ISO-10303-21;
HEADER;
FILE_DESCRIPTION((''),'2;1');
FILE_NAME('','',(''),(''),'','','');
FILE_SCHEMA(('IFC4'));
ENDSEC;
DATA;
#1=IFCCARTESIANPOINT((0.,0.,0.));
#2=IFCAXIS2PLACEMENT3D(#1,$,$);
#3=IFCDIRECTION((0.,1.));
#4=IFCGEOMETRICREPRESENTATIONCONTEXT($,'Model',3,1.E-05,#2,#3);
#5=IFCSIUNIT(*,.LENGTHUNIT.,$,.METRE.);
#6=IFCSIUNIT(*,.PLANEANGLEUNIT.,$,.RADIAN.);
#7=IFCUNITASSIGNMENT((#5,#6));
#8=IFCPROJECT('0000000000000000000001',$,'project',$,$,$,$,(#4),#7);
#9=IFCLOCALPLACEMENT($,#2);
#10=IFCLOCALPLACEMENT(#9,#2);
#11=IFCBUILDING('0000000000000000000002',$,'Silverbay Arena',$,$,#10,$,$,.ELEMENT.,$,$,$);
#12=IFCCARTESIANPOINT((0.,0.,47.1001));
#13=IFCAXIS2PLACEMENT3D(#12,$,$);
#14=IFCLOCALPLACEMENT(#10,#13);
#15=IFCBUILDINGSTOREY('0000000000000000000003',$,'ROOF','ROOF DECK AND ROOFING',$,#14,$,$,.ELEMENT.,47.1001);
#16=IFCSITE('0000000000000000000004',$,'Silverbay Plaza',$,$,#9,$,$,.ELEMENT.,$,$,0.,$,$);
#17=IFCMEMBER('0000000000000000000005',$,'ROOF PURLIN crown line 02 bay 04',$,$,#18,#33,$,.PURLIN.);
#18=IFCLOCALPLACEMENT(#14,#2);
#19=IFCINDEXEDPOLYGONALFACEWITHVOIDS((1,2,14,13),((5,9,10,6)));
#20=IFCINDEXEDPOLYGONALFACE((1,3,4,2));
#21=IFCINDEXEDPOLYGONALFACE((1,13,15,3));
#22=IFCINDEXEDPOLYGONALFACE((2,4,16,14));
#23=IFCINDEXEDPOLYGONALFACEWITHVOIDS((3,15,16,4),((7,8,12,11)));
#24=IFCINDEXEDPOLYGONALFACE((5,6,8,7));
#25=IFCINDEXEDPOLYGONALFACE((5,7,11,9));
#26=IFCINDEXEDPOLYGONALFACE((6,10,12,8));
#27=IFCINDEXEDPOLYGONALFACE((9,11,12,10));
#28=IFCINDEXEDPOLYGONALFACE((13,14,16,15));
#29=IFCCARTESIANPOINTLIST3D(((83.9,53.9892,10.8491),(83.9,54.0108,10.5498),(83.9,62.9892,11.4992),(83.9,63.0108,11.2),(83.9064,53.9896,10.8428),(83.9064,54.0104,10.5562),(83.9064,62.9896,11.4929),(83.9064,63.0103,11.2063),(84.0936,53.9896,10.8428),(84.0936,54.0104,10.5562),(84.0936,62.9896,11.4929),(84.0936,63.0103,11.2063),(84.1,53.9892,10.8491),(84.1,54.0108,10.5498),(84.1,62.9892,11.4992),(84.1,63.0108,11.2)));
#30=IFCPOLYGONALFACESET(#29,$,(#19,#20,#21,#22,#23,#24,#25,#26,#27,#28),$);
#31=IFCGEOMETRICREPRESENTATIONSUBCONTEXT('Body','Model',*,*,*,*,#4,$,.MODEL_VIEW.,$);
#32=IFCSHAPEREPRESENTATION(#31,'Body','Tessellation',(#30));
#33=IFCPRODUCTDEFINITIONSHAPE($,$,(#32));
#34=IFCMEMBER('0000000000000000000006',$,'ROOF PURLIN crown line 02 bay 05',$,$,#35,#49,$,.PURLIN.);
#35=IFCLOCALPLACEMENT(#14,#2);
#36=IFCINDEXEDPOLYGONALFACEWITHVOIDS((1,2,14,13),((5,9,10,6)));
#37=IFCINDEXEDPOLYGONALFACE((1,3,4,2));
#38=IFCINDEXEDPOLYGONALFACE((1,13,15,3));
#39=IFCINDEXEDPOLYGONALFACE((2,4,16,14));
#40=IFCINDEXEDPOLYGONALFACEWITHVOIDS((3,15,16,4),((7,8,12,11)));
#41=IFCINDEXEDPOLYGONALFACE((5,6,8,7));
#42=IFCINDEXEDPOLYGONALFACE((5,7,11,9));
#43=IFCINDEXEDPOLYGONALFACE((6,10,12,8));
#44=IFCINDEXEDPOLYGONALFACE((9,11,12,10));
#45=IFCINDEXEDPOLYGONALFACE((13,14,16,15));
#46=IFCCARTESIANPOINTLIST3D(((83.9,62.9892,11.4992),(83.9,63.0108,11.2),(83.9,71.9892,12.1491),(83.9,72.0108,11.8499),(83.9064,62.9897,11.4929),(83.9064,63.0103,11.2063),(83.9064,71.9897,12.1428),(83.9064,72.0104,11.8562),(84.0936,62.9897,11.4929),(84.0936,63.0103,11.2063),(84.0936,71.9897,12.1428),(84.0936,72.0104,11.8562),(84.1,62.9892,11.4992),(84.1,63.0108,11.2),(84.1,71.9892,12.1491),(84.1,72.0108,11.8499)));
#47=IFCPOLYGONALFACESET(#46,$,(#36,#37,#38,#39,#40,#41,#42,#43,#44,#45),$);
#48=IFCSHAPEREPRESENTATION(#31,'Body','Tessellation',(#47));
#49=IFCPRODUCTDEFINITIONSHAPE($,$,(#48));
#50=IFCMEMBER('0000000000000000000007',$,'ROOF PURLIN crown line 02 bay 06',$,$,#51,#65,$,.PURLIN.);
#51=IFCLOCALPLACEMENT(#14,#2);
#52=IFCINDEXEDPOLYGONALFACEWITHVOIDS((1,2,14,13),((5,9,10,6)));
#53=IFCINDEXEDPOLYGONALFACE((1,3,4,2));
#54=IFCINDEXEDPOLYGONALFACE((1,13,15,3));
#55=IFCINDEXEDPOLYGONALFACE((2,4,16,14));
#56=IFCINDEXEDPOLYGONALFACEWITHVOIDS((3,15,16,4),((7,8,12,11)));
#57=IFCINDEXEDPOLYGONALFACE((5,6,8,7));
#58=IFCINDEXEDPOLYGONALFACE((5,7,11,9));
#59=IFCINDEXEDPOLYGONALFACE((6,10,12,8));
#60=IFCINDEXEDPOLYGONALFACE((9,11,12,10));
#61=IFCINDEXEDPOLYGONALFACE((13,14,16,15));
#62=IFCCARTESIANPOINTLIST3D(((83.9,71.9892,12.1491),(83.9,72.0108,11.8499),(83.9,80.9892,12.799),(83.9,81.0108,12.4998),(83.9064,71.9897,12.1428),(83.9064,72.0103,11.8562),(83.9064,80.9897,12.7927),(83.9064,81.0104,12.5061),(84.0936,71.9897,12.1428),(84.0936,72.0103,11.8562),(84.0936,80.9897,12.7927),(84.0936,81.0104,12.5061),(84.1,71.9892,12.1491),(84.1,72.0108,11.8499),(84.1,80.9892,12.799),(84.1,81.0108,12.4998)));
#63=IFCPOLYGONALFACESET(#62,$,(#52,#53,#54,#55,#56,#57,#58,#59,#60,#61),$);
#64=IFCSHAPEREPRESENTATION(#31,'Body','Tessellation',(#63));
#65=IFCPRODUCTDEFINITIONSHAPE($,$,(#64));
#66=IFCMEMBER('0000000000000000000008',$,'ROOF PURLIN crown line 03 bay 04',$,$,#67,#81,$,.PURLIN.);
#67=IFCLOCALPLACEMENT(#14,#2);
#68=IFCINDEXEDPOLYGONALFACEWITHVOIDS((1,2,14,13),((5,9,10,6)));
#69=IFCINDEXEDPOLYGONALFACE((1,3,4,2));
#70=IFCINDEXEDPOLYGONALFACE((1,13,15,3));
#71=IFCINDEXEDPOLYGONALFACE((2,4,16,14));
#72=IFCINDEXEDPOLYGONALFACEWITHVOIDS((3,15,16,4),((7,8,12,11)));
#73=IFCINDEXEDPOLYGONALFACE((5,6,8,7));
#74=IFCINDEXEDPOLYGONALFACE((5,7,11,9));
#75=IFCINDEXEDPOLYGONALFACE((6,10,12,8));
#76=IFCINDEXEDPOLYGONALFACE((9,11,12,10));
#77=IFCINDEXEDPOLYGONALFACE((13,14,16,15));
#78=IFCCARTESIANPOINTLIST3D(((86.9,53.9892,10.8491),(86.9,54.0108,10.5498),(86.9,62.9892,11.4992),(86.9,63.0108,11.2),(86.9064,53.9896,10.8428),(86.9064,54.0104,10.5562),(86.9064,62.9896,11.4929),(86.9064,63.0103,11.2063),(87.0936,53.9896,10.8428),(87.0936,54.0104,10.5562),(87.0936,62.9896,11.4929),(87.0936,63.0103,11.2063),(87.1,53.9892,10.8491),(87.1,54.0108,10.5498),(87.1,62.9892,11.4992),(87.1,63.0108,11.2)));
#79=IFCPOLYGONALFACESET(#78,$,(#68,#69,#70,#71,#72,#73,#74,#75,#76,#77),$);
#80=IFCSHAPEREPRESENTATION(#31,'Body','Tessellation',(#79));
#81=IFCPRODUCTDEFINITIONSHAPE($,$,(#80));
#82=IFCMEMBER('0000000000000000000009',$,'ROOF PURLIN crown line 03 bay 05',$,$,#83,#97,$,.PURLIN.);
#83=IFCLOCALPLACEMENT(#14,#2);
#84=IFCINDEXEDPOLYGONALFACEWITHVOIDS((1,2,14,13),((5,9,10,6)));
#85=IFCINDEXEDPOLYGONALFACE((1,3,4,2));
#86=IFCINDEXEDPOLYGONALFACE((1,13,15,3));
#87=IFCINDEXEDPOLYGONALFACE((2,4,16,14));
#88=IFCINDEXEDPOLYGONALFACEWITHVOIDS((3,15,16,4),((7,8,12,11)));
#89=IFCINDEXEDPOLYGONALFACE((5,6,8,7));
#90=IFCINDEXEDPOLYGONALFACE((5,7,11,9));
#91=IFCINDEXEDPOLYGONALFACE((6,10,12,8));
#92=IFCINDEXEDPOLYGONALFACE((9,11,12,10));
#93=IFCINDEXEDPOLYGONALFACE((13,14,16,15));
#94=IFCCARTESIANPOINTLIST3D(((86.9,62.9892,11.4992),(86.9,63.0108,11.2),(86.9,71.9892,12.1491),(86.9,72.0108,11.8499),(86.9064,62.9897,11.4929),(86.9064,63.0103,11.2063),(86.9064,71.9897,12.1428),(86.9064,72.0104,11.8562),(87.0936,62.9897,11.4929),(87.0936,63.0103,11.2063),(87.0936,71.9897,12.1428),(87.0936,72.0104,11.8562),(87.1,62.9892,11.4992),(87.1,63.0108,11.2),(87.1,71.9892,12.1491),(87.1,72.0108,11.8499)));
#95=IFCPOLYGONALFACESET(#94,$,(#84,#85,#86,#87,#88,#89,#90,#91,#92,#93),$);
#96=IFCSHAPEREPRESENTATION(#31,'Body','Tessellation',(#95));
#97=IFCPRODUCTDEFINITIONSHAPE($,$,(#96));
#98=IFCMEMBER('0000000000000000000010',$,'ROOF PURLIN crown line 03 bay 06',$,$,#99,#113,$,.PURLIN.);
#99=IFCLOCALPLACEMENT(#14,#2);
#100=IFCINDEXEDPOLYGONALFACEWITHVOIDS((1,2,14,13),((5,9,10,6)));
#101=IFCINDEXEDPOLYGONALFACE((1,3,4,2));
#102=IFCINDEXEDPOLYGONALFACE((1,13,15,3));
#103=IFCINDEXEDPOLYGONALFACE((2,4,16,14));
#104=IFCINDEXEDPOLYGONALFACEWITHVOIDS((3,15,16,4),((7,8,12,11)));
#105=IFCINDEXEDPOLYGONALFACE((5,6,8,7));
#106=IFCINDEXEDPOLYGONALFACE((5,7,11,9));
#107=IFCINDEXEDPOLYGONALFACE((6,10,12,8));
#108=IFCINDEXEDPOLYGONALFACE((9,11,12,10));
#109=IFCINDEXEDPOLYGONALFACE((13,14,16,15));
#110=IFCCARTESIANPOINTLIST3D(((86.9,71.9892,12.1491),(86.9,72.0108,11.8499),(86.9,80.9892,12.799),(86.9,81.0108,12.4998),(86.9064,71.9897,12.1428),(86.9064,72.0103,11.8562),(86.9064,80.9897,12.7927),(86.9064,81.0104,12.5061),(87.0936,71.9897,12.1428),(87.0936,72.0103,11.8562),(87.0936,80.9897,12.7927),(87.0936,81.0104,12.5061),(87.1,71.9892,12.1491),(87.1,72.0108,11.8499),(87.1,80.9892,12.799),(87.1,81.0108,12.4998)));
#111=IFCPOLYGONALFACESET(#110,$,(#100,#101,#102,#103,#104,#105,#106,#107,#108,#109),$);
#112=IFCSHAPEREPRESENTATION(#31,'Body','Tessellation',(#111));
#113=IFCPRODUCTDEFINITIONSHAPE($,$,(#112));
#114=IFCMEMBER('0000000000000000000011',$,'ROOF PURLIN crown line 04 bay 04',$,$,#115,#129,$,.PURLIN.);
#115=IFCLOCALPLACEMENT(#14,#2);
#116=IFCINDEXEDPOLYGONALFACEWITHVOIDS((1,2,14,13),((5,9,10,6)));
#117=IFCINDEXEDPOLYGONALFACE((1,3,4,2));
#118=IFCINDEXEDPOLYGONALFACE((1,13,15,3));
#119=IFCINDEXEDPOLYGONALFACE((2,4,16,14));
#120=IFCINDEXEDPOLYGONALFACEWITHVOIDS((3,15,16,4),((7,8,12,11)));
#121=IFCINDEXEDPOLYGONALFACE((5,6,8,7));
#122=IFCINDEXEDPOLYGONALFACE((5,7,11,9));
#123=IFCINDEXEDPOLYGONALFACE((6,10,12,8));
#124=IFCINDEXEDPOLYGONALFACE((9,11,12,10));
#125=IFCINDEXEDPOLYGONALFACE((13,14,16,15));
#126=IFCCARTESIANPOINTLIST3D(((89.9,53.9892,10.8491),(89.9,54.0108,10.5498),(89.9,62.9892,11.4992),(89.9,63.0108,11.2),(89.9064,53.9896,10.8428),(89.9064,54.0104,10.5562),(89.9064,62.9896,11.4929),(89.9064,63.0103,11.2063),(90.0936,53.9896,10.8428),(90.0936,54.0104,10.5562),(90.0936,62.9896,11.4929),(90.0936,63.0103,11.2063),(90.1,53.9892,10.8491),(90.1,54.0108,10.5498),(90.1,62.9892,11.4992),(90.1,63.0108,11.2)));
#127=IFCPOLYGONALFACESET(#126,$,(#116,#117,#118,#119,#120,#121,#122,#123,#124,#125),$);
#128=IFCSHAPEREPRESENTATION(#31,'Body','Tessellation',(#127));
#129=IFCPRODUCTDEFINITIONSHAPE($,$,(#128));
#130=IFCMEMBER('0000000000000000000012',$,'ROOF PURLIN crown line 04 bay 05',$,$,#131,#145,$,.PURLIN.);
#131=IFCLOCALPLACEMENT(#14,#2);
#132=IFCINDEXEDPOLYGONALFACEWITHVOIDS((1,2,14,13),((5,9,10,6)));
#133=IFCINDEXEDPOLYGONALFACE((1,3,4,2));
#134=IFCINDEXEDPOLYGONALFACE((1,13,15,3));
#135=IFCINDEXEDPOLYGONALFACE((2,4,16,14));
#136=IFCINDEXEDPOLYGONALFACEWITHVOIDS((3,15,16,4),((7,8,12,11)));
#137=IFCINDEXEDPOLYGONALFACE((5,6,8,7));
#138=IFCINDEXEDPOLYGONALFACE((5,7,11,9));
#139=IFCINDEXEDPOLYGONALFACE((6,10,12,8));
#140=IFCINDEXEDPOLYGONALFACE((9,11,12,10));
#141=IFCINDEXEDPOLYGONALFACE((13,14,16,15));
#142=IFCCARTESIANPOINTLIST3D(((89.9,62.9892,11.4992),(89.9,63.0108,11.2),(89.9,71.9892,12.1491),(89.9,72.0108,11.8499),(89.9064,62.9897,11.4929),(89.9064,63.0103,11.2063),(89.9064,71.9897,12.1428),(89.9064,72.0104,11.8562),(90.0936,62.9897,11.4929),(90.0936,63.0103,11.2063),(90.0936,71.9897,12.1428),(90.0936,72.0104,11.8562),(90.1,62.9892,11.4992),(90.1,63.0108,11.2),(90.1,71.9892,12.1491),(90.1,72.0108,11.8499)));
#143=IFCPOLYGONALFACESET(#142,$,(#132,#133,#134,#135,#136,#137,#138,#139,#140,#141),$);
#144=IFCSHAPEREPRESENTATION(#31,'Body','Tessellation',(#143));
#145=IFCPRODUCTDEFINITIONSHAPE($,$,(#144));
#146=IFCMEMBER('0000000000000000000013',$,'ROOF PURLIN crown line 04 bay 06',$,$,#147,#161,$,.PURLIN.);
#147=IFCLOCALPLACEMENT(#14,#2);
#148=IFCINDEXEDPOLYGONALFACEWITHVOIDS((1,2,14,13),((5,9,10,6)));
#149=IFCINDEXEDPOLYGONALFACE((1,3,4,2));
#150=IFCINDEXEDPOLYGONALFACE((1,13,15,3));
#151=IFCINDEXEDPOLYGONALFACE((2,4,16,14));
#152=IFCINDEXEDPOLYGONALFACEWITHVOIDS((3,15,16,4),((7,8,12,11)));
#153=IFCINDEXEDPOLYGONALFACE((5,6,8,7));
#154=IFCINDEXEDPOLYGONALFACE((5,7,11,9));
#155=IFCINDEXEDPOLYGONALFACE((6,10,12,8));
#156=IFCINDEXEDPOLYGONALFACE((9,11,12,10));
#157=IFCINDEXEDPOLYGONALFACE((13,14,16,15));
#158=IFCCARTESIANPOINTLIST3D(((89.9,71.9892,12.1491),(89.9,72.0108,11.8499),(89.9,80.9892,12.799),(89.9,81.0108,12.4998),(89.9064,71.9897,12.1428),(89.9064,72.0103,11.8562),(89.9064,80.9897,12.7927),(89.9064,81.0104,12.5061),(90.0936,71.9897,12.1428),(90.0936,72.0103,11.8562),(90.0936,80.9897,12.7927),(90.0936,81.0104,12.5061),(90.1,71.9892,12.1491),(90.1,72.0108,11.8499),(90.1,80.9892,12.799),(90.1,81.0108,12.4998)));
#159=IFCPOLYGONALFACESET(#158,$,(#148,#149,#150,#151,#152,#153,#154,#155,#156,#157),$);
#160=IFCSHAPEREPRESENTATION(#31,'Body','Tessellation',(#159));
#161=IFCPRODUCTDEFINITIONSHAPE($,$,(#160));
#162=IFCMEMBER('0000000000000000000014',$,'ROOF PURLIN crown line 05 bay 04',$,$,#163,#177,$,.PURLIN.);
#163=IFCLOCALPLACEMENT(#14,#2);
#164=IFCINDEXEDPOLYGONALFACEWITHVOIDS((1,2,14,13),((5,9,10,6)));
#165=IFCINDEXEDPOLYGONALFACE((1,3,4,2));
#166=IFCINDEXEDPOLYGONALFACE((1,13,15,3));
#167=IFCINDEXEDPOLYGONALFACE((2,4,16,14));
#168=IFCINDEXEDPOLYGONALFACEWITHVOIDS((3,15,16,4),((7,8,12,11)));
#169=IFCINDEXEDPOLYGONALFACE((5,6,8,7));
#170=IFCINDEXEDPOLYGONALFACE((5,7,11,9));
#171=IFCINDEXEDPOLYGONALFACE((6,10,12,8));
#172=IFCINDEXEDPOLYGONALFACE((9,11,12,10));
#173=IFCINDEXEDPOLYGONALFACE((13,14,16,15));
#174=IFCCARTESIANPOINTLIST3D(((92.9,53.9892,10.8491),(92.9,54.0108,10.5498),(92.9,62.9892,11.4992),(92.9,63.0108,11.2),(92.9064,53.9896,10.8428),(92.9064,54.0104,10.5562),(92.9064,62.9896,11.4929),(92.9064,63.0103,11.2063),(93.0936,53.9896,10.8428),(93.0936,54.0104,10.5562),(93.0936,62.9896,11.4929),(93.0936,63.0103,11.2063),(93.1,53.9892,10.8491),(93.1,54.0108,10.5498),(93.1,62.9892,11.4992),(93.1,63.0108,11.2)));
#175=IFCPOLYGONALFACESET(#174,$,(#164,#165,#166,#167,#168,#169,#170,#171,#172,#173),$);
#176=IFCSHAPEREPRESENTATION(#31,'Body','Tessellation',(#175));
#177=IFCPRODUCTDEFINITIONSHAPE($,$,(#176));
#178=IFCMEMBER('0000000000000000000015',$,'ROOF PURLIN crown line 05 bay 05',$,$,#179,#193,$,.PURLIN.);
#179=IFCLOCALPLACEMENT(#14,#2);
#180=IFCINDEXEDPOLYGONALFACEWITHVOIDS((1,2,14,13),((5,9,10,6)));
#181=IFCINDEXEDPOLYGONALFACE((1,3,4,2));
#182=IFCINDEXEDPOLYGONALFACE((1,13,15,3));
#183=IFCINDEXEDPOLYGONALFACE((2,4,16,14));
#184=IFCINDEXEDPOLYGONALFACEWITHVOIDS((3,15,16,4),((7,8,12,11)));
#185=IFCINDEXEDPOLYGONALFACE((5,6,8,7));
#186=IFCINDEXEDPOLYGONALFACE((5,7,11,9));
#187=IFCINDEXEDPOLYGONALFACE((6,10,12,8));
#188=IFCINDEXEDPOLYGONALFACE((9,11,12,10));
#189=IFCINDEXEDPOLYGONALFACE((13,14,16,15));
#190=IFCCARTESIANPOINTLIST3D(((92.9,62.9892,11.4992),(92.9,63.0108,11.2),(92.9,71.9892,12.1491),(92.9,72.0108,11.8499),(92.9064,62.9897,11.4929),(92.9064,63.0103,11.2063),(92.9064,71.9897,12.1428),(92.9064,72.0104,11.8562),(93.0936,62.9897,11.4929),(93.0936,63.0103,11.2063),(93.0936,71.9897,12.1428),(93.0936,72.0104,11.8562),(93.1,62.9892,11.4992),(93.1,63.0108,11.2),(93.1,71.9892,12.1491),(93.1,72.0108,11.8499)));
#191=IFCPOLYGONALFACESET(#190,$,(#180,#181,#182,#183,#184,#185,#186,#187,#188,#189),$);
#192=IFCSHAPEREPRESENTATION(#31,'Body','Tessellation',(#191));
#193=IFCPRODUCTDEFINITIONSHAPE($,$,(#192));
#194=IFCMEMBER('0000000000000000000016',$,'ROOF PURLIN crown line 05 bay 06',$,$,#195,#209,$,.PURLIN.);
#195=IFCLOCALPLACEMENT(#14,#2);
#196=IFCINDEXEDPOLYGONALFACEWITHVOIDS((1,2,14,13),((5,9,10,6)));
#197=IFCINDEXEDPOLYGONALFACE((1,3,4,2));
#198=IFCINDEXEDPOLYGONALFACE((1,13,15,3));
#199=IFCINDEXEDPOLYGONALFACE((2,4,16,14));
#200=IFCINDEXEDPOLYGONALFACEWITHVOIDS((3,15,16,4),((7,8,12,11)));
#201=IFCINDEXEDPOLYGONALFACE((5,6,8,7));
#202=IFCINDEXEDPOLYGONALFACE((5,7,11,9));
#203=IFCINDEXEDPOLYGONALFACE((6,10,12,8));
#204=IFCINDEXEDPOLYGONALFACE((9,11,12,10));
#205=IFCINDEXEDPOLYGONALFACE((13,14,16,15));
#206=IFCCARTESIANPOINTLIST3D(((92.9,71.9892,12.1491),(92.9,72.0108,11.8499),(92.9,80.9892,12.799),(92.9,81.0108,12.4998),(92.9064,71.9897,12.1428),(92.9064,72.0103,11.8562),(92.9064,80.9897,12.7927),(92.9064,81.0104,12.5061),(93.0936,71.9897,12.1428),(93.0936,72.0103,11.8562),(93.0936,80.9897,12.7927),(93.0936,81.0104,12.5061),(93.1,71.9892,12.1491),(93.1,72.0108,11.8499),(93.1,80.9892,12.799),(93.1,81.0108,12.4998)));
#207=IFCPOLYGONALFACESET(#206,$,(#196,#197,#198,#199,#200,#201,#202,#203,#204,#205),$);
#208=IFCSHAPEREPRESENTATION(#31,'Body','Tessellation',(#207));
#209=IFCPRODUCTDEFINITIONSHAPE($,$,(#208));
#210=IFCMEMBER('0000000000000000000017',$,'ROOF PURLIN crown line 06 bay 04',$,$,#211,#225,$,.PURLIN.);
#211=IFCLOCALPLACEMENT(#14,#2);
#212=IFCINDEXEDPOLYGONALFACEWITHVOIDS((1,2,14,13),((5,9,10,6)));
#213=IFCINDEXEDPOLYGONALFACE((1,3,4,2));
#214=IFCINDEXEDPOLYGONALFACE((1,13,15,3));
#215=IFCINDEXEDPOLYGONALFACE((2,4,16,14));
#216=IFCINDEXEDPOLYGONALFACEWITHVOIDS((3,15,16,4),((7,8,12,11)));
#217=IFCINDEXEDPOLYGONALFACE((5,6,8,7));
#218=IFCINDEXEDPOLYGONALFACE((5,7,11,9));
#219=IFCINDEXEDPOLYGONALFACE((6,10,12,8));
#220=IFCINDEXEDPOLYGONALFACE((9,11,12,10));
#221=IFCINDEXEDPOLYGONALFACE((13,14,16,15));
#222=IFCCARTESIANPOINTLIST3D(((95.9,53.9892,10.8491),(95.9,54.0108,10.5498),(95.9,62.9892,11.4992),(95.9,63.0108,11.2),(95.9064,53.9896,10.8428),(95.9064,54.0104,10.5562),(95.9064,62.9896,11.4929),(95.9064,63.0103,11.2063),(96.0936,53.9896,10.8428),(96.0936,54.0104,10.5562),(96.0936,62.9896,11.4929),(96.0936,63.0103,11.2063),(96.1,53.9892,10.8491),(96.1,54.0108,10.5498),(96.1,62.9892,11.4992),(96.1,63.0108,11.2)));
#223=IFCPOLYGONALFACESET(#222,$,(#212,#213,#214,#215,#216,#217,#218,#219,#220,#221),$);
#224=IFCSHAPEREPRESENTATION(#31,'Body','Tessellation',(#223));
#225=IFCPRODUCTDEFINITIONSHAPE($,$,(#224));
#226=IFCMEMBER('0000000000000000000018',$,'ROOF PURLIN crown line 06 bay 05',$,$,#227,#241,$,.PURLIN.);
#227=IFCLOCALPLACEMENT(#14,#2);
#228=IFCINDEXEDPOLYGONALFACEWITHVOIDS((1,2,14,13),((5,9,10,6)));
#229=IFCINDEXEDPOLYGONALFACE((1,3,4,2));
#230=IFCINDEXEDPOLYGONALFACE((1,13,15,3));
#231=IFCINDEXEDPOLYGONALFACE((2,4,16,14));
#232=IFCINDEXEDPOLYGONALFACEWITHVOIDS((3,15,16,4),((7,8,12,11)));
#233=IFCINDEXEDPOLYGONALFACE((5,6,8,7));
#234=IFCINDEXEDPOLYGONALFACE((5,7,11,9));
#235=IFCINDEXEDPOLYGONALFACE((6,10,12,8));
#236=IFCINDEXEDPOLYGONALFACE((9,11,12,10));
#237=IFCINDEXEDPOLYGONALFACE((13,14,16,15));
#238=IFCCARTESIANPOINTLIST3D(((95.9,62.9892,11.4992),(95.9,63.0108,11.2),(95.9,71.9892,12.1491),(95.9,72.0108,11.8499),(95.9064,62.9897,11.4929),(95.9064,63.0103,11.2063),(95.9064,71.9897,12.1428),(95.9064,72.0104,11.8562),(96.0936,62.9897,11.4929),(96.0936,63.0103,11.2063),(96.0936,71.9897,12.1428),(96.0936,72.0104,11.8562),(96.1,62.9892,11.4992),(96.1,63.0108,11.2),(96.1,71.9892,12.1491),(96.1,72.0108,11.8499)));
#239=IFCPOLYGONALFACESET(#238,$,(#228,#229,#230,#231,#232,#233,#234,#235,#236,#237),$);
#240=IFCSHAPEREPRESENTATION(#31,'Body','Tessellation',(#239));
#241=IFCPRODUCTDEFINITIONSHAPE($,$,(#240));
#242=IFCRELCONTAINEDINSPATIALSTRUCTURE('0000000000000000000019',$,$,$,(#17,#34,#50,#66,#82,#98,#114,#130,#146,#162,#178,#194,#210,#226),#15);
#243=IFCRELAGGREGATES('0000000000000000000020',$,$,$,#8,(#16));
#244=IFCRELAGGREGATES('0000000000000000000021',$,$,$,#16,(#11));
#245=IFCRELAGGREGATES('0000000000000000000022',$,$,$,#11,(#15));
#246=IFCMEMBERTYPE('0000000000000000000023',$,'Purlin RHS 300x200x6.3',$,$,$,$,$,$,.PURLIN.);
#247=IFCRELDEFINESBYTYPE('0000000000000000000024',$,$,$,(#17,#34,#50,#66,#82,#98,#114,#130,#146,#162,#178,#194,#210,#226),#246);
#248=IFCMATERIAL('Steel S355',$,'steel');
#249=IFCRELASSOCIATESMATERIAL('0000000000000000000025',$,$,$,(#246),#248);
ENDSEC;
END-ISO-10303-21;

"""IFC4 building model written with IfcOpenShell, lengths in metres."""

from ifc_helpers import new_model, si_unit, direction, frame, origin, origin_2d, place, context, subcontext, project, spatial, hollow_rectangle, extrude, material, material_profile, profile_set, type_object, element, save


model = new_model("IFC4")

# Units and contexts
model_context = context("Model", 3, precision=1e-05, world=origin(), true_north=direction((0.0, 1.0)))
body_context = subcontext(model_context, "Body", "Model", "MODEL_VIEW")
ifc_project = project(units=[si_unit("LENGTHUNIT", "METRE"), si_unit("PLANEANGLEUNIT", "RADIAN")], contexts=[model_context])

# Site, building, storey
site_placement = place(None, origin())
site = spatial("IfcSite", under=ifc_project, at=site_placement, Name="Silverbay Plaza", CompositionType="ELEMENT", RefElevation=0.0)
building_placement = place(site_placement, origin())
building = spatial("IfcBuilding", under=site, at=building_placement, Name="Silverbay Arena", CompositionType="ELEMENT")
storey_placement = place(building_placement, frame((0.0, 0.0, 47.1001)))
storey = spatial("IfcBuildingStorey", under=building, at=storey_placement, Name="ROOF", Description="ROOF DECK AND ROOFING", CompositionType="ELEMENT", Elevation=47.1001)

# Members
ifc_material_1 = material(Name="Steel S355", Category="steel")
ifc_material_profile_1 = material_profile(ifc_material_1, hollow_rectangle(XDim=0.2, YDim=0.3, WallThickness=0.0063, at=origin_2d()), Name="RHS 300x200x6.3")
ifc_profile_set_1 = profile_set([ifc_material_profile_1], Name="Steel S355")
member_type_1 = type_object("IfcMemberType", Name="Purlin RHS 300x200x6.3", PredefinedType="PURLIN", material=ifc_profile_set_1)
for number, where, z_axis, x_axis, name in (
    (1, (84.0, 54.0, 10.6995), (0.0, 0.997401, 0.072051), (-1.0, 0.0, 0.0), "ROOF PURLIN crown line 02 bay 04"),
    (2, (84.0, 63.0, 11.3496), (0.0, 0.997403, 0.072024), (-1.0, 0.0, 0.0), "ROOF PURLIN crown line 02 bay 05"),
    (3, (84.0, 72.0, 11.9995), (0.0, 0.997403, 0.072024), (-1.0, 0.0, 0.0), "ROOF PURLIN crown line 02 bay 06"),
    (4, (87.0, 54.0, 10.6995), (0.0, 0.997401, 0.072051), (-1.0, 0.0, 0.0), "ROOF PURLIN crown line 03 bay 04"),
    (5, (87.0, 63.0, 11.3496), (0.0, 0.997403, 0.072024), (-1.0, 0.0, 0.0), "ROOF PURLIN crown line 03 bay 05"),
    (6, (87.0, 72.0, 11.9995), (0.0, 0.997403, 0.072024), (-1.0, 0.0, 0.0), "ROOF PURLIN crown line 03 bay 06"),
    (7, (90.0, 54.0, 10.6995), (0.0, 0.997401, 0.072051), (-1.0, 0.0, 0.0), "ROOF PURLIN crown line 04 bay 04"),
    (8, (90.0, 63.0, 11.3496), (0.0, 0.997403, 0.072024), (-1.0, 0.0, 0.0), "ROOF PURLIN crown line 04 bay 05"),
    (9, (90.0, 72.0, 11.9995), (0.0, 0.997403, 0.072024), (-1.0, 0.0, 0.0), "ROOF PURLIN crown line 04 bay 06"),
    (10, (93.0, 54.0, 10.6995), (0.0, 0.997401, 0.072051), (-1.0, 0.0, 0.0), "ROOF PURLIN crown line 05 bay 04"),
    (11, (93.0, 63.0, 11.3496), (0.0, 0.997403, 0.072024), (-1.0, 0.0, 0.0), "ROOF PURLIN crown line 05 bay 05"),
    (12, (93.0, 72.0, 11.9995), (0.0, 0.997403, 0.072024), (-1.0, 0.0, 0.0), "ROOF PURLIN crown line 05 bay 06"),
    (13, (96.0, 54.0, 10.6995), (0.0, 0.997401, 0.072051), (-1.0, 0.0, 0.0), "ROOF PURLIN crown line 06 bay 04"),
    (14, (96.0, 63.0, 11.3496), (0.0, 0.997403, 0.072024), (-1.0, 0.0, 0.0), "ROOF PURLIN crown line 06 bay 05"),
):
    element("IfcMember", number, at=place(storey_placement, frame(where, z_axis=z_axis, x_axis=x_axis)), inside=storey, type_object=member_type_1, Name=name, PredefinedType="PURLIN", context=body_context, shape_type="SweptSolid", body=[
        extrude(hollow_rectangle(XDim=0.2, YDim=0.3, WallThickness=0.0063, at=origin_2d()), origin(), (0.0, 0.0, 1.0), 9.0234),
    ])

save(model, "model.ifc")
